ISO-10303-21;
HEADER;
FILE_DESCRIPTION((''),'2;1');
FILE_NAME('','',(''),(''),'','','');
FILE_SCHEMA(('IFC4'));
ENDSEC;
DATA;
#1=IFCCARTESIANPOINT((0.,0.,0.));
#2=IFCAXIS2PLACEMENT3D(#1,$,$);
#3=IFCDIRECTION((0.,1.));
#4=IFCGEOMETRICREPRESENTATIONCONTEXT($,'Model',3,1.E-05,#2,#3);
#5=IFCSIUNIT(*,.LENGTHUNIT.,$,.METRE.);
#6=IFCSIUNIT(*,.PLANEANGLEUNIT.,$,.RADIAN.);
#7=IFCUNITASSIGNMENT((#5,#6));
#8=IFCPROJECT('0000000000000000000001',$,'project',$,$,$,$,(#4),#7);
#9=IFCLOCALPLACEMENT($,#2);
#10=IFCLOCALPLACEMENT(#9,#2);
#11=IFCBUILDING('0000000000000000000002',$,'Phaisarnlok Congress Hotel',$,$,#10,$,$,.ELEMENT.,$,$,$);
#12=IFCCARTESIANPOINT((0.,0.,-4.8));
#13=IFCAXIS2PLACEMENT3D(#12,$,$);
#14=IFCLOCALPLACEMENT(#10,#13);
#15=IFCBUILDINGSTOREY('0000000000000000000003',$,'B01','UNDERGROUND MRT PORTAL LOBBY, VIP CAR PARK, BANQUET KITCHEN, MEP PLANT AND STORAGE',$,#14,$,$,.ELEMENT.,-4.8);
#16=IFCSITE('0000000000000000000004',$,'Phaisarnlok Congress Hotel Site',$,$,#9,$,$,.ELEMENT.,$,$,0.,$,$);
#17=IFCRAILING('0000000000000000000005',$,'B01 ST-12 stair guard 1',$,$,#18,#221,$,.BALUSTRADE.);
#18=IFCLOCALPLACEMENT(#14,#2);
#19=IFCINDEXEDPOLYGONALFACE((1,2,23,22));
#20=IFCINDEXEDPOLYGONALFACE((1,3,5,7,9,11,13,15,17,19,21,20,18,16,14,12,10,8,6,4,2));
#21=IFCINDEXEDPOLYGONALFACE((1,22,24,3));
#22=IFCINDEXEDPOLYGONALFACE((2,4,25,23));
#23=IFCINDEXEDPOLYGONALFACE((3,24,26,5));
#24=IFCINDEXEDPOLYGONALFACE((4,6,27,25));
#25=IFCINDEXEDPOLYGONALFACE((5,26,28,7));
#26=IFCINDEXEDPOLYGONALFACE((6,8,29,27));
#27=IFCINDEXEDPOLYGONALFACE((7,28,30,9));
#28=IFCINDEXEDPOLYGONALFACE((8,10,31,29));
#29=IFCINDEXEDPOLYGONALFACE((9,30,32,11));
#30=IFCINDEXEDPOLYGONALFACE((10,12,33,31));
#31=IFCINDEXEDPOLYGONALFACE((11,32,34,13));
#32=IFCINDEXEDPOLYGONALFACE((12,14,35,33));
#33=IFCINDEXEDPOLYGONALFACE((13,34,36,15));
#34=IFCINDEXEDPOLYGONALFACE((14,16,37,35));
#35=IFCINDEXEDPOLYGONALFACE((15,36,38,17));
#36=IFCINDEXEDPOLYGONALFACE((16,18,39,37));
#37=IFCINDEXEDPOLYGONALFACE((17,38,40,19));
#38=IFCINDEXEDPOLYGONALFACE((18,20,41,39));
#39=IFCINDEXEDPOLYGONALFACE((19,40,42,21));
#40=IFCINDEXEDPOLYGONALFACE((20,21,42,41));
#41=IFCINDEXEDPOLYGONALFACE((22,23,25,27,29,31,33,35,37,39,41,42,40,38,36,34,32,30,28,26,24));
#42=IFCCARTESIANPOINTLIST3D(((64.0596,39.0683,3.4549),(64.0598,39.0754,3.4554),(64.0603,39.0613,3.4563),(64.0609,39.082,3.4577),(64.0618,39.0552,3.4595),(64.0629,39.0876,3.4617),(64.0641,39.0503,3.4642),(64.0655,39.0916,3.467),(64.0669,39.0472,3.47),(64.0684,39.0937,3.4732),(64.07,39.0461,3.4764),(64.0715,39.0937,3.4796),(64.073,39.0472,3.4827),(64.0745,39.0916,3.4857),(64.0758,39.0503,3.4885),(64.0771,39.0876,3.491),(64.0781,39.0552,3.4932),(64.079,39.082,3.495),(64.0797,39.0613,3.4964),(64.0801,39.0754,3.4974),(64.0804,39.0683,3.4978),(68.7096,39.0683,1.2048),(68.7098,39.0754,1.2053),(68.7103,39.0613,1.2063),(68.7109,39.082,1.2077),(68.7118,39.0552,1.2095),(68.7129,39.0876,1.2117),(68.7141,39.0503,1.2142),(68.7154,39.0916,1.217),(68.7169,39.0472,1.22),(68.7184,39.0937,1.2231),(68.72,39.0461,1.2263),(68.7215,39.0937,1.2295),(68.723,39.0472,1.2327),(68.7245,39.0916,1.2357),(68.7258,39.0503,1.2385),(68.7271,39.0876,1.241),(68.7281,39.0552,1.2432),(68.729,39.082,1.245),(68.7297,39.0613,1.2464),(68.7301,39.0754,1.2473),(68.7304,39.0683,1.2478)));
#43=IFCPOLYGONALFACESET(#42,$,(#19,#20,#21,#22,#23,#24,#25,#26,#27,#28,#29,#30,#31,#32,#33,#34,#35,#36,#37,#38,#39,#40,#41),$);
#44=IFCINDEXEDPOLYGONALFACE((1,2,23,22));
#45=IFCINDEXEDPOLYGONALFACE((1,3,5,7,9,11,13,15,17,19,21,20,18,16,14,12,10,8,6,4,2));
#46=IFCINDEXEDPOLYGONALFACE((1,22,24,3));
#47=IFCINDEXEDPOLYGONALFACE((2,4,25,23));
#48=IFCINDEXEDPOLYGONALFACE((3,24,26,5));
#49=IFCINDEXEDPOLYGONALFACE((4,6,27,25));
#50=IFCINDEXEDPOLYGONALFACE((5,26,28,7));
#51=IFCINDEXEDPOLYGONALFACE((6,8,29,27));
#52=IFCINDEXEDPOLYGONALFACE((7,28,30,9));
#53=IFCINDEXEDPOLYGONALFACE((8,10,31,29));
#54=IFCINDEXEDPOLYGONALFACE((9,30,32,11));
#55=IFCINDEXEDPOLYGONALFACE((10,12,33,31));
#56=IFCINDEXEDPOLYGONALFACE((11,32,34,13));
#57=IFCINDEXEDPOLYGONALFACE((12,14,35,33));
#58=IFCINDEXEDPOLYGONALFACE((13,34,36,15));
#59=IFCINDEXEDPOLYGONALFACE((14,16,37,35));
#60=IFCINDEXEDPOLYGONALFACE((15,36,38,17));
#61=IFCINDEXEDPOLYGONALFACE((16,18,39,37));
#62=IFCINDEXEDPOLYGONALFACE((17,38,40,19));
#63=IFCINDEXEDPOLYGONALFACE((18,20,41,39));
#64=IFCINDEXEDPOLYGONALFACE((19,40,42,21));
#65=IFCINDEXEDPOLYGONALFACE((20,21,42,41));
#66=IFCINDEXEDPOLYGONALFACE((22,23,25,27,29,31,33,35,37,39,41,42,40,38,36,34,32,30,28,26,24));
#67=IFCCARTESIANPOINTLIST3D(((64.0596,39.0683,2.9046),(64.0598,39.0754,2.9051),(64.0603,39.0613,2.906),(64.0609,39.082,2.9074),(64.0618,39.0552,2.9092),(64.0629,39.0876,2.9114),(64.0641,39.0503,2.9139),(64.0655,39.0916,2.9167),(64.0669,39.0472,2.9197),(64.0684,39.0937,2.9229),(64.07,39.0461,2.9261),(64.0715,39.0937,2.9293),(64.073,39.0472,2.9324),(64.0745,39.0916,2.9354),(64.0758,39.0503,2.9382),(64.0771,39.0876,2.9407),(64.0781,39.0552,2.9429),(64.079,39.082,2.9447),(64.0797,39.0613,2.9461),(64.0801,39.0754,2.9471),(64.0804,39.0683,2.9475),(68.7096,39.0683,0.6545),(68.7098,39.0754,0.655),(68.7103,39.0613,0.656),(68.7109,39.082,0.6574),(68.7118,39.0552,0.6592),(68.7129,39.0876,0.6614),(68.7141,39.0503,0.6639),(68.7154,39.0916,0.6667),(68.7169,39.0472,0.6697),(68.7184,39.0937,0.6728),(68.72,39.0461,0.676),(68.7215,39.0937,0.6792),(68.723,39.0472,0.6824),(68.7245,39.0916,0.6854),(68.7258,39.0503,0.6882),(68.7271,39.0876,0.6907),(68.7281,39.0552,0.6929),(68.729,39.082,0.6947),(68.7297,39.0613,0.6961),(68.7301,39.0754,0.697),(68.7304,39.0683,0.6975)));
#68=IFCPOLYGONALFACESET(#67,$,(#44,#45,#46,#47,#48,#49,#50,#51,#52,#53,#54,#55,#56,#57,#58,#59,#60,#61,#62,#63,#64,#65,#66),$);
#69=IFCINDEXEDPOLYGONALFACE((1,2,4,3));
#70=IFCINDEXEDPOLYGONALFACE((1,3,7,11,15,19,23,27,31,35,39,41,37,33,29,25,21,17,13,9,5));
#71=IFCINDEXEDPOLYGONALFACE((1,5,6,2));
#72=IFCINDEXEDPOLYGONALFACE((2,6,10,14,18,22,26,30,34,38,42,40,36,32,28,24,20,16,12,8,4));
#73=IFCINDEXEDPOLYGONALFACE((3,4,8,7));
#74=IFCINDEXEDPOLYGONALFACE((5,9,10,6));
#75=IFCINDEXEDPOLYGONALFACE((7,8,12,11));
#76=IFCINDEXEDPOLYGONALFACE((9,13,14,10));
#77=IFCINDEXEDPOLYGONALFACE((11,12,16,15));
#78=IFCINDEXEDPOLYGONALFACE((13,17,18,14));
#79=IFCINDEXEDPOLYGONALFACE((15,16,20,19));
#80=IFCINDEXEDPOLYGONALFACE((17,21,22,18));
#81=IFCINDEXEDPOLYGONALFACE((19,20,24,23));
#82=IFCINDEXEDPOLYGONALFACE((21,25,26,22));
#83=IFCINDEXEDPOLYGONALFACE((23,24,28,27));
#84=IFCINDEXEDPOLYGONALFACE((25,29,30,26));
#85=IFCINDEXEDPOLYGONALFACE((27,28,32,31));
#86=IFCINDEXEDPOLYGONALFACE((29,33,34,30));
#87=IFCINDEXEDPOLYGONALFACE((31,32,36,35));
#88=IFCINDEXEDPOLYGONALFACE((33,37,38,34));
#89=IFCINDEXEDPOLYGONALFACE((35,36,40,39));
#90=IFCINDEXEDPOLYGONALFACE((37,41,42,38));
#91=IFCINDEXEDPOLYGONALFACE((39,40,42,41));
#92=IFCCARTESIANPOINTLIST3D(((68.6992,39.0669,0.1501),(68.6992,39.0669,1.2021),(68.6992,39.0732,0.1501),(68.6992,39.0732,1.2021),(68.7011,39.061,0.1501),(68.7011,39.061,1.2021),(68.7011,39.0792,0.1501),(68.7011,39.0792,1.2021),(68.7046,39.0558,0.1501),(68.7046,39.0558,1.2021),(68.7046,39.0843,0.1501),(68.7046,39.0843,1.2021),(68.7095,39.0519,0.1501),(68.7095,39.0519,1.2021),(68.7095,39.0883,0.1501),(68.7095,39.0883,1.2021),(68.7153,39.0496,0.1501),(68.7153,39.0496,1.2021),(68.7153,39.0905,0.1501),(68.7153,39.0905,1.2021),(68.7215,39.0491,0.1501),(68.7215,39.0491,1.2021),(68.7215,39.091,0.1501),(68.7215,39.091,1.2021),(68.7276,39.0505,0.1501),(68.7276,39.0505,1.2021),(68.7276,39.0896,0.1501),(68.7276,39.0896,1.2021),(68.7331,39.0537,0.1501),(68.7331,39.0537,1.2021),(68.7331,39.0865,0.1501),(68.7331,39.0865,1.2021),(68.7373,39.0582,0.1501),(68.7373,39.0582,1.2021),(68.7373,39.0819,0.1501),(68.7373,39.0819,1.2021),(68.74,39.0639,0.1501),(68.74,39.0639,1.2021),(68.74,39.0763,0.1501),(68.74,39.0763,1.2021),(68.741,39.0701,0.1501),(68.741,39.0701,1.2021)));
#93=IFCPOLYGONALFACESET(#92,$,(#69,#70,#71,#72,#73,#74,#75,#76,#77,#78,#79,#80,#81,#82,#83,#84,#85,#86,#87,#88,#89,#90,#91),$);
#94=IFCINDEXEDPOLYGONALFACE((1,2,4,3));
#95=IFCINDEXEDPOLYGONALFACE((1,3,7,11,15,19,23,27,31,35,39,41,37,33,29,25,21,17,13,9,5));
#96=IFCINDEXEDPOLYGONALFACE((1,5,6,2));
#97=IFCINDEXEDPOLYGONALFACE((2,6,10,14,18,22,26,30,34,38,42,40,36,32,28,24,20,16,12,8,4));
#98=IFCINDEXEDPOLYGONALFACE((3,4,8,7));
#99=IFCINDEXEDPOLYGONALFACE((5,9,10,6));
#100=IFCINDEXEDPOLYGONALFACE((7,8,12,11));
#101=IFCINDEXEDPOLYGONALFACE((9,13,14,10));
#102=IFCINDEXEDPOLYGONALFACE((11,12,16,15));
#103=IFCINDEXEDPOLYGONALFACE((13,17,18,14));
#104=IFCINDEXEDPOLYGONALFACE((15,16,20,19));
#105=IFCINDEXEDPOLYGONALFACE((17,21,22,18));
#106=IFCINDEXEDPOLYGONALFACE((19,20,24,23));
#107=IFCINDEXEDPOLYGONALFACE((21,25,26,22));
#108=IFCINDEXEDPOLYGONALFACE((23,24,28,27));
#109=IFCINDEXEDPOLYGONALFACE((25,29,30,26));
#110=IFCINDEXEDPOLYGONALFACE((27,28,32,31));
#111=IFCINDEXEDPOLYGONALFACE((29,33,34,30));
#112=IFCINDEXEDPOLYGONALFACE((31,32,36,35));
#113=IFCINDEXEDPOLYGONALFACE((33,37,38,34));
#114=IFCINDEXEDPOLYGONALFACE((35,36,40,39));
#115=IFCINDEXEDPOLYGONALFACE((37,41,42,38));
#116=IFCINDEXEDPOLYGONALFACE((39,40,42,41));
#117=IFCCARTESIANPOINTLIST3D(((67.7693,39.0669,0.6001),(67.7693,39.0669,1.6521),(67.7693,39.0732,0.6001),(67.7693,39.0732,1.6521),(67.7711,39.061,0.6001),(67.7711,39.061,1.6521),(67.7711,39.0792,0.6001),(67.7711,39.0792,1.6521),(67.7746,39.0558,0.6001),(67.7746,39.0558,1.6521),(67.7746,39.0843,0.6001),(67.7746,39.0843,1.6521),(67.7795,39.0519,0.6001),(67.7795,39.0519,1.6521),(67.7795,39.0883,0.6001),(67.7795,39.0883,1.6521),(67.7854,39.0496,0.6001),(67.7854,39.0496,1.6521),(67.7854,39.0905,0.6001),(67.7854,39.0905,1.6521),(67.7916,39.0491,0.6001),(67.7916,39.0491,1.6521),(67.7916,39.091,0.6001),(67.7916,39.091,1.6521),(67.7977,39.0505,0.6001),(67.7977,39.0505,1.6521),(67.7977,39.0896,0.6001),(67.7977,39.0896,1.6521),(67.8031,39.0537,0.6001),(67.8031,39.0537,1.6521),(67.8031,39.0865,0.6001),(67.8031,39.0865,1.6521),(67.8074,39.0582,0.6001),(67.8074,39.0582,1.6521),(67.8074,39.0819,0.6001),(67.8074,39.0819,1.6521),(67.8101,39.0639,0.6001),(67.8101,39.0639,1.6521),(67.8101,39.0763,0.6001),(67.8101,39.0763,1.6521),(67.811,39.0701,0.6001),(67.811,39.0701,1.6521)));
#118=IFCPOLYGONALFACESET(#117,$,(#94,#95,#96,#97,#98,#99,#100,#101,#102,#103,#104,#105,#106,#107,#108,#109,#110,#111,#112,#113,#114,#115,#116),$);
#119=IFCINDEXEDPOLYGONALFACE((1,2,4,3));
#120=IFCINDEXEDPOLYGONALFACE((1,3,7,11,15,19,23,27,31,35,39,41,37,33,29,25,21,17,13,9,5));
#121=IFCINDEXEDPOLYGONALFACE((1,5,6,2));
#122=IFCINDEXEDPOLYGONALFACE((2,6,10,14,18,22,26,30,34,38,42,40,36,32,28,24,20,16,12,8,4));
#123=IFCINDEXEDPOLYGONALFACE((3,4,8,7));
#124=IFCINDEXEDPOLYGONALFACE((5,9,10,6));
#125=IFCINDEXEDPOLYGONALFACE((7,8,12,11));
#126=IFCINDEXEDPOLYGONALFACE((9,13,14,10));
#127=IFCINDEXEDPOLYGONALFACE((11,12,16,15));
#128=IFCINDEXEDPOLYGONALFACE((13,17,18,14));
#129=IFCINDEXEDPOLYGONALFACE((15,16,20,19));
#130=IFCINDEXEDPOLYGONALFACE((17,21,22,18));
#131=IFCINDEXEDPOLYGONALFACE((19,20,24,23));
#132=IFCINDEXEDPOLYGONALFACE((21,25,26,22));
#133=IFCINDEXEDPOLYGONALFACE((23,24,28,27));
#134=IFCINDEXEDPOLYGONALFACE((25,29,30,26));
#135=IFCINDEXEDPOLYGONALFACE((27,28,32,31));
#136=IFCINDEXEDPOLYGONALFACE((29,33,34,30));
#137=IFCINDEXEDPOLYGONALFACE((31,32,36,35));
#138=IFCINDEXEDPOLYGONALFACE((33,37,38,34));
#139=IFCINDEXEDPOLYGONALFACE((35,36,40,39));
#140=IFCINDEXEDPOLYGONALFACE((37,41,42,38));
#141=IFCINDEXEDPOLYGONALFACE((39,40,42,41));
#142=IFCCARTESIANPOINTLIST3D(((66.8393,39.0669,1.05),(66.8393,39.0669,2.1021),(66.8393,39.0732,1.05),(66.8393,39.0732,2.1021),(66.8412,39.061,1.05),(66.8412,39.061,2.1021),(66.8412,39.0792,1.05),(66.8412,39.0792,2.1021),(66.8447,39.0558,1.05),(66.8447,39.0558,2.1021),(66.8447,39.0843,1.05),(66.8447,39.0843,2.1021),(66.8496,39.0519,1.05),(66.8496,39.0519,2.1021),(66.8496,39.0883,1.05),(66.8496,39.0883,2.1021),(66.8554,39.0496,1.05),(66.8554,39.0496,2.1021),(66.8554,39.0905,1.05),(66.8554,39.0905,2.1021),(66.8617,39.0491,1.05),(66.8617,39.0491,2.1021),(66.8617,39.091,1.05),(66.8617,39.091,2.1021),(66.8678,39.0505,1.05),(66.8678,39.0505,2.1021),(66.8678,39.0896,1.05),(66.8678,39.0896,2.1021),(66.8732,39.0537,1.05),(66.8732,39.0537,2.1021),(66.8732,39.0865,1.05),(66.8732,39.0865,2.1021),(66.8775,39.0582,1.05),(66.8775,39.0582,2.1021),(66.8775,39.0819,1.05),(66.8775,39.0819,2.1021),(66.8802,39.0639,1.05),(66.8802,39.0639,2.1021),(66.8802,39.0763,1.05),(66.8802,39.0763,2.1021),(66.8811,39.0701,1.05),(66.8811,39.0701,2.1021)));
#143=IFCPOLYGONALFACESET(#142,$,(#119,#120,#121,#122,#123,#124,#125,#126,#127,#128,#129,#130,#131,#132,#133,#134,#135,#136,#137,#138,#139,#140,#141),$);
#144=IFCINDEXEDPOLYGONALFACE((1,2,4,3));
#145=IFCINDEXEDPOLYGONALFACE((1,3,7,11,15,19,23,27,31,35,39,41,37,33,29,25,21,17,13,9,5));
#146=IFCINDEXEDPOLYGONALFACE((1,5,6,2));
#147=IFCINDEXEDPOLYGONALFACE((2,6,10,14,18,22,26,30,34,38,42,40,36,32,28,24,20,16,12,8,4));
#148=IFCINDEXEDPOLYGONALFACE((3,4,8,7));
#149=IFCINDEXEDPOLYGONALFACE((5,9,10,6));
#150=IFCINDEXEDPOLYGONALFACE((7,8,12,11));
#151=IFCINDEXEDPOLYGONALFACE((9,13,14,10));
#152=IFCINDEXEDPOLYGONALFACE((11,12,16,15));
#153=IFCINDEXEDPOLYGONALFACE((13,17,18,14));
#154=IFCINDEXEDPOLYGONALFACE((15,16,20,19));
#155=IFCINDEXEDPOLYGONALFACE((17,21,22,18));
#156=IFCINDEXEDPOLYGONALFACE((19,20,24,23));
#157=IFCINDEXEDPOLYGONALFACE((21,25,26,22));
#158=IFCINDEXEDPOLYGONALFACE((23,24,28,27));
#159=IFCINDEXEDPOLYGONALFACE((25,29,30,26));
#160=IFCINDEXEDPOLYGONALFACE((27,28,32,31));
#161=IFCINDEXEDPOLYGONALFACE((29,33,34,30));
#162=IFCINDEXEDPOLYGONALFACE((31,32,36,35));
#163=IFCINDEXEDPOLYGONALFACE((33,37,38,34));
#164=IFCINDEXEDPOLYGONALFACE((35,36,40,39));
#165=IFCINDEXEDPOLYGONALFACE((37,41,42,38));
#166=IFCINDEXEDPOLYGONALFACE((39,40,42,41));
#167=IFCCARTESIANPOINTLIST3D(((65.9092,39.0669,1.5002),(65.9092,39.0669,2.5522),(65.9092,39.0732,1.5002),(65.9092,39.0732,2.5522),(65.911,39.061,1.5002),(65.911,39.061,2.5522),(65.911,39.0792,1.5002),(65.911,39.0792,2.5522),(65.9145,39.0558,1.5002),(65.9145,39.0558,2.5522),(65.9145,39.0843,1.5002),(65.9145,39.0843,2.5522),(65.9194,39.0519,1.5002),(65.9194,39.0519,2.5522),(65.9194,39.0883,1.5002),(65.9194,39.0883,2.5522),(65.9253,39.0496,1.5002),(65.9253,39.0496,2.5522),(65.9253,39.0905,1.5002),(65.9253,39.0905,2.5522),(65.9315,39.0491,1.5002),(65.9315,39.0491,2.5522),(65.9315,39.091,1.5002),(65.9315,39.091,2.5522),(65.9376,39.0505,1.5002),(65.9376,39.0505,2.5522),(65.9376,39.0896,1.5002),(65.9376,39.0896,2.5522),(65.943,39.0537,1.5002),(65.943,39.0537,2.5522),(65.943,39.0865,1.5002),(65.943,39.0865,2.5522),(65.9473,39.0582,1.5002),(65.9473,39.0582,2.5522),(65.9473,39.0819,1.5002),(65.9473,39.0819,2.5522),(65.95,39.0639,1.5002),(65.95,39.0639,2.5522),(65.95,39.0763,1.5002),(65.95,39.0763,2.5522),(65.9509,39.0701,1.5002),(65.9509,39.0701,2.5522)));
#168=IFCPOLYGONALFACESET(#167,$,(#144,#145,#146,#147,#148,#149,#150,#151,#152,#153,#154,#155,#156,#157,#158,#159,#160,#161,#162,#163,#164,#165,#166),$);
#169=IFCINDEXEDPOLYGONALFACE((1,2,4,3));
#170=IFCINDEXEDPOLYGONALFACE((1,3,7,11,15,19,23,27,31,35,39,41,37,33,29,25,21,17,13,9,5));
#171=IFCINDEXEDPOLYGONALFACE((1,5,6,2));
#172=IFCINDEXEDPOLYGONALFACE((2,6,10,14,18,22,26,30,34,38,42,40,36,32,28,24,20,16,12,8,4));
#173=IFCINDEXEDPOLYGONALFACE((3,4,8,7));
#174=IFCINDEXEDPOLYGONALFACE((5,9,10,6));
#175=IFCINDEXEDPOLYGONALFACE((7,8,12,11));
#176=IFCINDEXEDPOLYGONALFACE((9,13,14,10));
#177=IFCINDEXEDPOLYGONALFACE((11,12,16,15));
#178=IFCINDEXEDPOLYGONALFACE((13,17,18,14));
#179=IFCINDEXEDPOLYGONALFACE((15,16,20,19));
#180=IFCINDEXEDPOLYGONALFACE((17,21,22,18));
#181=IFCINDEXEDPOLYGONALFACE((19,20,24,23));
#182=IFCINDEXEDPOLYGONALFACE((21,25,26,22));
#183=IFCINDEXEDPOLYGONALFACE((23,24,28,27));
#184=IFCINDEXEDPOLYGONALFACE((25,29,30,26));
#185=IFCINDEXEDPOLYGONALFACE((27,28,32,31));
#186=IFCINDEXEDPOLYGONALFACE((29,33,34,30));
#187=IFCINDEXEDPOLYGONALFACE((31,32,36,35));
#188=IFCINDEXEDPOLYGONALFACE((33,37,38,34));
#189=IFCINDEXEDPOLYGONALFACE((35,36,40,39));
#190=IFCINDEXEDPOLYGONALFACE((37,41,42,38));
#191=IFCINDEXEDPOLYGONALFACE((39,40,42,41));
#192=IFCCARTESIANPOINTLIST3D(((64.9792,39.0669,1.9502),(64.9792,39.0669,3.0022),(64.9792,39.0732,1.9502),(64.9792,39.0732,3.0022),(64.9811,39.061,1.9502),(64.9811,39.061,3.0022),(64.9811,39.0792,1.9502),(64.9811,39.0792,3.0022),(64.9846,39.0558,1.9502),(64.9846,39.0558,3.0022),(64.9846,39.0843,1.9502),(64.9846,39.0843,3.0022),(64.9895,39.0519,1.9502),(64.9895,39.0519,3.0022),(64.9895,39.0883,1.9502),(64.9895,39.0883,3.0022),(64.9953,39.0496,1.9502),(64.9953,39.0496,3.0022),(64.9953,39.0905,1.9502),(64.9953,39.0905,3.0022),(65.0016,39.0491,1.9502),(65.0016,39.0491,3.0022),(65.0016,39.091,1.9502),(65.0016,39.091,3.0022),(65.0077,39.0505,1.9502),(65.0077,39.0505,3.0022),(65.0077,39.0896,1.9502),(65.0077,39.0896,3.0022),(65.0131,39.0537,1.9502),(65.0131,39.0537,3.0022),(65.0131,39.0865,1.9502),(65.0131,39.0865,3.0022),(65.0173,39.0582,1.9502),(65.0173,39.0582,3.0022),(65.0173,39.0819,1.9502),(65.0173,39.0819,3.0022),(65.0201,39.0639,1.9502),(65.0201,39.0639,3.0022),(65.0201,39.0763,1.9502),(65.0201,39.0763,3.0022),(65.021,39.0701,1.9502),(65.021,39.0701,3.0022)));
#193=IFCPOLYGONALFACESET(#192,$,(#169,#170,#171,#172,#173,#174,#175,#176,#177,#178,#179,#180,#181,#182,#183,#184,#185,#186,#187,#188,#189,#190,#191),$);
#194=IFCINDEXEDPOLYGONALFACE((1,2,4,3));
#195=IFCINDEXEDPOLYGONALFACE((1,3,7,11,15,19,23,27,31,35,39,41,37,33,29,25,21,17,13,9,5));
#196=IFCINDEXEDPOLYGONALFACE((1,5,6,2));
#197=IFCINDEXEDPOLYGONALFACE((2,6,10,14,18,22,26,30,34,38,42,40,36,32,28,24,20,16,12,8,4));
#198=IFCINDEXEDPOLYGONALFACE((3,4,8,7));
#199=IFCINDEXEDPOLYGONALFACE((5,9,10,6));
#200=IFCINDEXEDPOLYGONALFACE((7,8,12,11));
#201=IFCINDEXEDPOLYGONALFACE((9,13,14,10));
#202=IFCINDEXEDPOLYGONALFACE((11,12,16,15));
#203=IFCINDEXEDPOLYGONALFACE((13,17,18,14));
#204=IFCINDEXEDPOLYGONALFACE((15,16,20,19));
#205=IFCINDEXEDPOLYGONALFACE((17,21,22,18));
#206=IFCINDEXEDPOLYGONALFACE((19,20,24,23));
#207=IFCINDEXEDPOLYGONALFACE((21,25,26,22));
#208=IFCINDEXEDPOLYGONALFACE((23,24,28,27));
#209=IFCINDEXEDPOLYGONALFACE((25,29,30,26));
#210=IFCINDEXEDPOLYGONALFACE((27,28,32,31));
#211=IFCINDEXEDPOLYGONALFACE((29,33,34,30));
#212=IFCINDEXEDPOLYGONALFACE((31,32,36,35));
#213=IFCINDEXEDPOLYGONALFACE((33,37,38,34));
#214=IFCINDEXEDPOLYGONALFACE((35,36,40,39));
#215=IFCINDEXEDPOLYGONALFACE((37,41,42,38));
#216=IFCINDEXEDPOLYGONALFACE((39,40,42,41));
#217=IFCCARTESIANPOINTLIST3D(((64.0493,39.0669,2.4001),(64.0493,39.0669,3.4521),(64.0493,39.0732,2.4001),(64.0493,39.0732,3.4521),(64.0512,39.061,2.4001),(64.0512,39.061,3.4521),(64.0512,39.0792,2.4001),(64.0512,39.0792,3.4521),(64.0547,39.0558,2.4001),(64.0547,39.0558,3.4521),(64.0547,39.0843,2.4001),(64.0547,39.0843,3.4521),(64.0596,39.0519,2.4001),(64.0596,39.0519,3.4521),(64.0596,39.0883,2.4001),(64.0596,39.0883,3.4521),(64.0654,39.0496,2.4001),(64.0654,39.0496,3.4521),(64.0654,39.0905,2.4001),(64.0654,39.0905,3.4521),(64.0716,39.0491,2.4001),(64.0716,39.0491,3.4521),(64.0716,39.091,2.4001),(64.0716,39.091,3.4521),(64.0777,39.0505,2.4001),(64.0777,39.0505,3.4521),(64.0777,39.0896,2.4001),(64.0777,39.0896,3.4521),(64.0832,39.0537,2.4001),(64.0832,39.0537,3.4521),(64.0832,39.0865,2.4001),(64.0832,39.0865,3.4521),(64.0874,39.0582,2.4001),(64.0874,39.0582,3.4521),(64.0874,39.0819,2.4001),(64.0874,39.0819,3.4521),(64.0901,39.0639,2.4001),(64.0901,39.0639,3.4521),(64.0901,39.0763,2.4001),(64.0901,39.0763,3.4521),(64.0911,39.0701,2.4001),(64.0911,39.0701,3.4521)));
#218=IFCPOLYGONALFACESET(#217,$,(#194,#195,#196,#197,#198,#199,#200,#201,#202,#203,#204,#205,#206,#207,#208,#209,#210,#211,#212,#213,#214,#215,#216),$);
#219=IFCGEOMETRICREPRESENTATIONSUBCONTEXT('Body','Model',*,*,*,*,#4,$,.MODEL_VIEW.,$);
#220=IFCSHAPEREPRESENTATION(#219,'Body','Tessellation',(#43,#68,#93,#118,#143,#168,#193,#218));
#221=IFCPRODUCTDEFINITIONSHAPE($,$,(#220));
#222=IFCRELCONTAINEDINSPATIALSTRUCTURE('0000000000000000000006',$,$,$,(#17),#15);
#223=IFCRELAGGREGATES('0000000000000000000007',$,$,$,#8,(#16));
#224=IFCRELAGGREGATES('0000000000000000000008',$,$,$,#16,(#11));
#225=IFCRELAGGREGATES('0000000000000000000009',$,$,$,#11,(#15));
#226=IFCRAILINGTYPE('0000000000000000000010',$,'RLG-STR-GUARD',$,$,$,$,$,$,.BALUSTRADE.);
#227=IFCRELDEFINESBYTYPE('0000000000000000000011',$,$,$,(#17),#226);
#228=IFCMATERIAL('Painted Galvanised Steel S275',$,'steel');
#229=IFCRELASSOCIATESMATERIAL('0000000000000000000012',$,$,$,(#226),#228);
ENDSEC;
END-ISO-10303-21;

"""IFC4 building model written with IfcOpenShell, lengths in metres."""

from ifc_helpers import new_model, si_unit, direction, frame, origin, origin_2d, place, context, subcontext, project, spatial, circle, extrude, material, type_object, element, save


model = new_model("IFC4")

# Units and contexts
model_context = context("Model", 3, precision=1e-05, world=origin(), true_north=direction((0.0, 1.0)))
body_context = subcontext(model_context, "Body", "Model", "MODEL_VIEW")
ifc_project = project(units=[si_unit("LENGTHUNIT", "METRE"), si_unit("PLANEANGLEUNIT", "RADIAN")], contexts=[model_context])

# Site, building, storey
site_placement = place(None, origin())
site = spatial("IfcSite", under=ifc_project, at=site_placement, Name="Phaisarnlok Congress Hotel Site", CompositionType="ELEMENT", RefElevation=0.0)
building_placement = place(site_placement, origin())
building = spatial("IfcBuilding", under=site, at=building_placement, Name="Phaisarnlok Congress Hotel", CompositionType="ELEMENT")
storey_placement = place(building_placement, frame((0.0, 0.0, -4.8)))
storey = spatial("IfcBuildingStorey", under=building, at=storey_placement, Name="B01", Description="UNDERGROUND MRT PORTAL LOBBY, VIP CAR PARK, BANQUET KITCHEN, MEP PLANT AND STORAGE", CompositionType="ELEMENT", Elevation=-4.8)

# Railing
ifc_material_1 = material(Name="Painted Galvanised Steel S275", Category="steel")
railing_type_1 = type_object("IfcRailingType", Name="RLG-STR-GUARD", PredefinedType="BALUSTRADE", material=ifc_material_1)
railing_1_placement = place(storey_placement, frame((68.72, 39.0701, 0.1501)))
element("IfcRailing", 1, at=railing_1_placement, inside=storey, type_object=railing_type_1, Name="B01 ST-12 stair guard 1", PredefinedType="BALUSTRADE", context=body_context, shape_type="SweptSolid", body=[
    extrude(circle(Radius=0.0239, at=origin_2d()), frame((0.0, 0.0, 1.0762), z_axis=(-0.900156, 0.0, 0.435568), x_axis=(0.0, -1.0, 0.0)), (0.0, 0.0, 1.0), 5.1658),
    extrude(circle(Radius=0.0239, at=origin_2d()), frame((0.0, 0.0, 0.5259), z_axis=(-0.900156, 0.0, 0.435568), x_axis=(0.0, -1.0, 0.0)), (0.0, 0.0, 1.0), 5.1658),
    extrude(circle(Radius=0.021, at=origin_2d()), origin(), (0.0, 0.0, 1.0), 1.052),
    extrude(circle(Radius=0.021, at=origin_2d()), frame((-0.9299, 0.0, 0.45)), (0.0, 0.0, 1.0), 1.052),
    extrude(circle(Radius=0.021, at=origin_2d()), frame((-1.8599, 0.0, 0.8999)), (0.0, 0.0, 1.0), 1.052),
    extrude(circle(Radius=0.021, at=origin_2d()), frame((-2.79, 0.0, 1.3501)), (0.0, 0.0, 1.0), 1.052),
    extrude(circle(Radius=0.021, at=origin_2d()), frame((-3.72, 0.0, 1.8)), (0.0, 0.0, 1.0), 1.052),
    extrude(circle(Radius=0.021, at=origin_2d()), frame((-4.6499, 0.0, 2.25)), (0.0, 0.0, 1.0), 1.052),
])

save(model, "model.ifc")
